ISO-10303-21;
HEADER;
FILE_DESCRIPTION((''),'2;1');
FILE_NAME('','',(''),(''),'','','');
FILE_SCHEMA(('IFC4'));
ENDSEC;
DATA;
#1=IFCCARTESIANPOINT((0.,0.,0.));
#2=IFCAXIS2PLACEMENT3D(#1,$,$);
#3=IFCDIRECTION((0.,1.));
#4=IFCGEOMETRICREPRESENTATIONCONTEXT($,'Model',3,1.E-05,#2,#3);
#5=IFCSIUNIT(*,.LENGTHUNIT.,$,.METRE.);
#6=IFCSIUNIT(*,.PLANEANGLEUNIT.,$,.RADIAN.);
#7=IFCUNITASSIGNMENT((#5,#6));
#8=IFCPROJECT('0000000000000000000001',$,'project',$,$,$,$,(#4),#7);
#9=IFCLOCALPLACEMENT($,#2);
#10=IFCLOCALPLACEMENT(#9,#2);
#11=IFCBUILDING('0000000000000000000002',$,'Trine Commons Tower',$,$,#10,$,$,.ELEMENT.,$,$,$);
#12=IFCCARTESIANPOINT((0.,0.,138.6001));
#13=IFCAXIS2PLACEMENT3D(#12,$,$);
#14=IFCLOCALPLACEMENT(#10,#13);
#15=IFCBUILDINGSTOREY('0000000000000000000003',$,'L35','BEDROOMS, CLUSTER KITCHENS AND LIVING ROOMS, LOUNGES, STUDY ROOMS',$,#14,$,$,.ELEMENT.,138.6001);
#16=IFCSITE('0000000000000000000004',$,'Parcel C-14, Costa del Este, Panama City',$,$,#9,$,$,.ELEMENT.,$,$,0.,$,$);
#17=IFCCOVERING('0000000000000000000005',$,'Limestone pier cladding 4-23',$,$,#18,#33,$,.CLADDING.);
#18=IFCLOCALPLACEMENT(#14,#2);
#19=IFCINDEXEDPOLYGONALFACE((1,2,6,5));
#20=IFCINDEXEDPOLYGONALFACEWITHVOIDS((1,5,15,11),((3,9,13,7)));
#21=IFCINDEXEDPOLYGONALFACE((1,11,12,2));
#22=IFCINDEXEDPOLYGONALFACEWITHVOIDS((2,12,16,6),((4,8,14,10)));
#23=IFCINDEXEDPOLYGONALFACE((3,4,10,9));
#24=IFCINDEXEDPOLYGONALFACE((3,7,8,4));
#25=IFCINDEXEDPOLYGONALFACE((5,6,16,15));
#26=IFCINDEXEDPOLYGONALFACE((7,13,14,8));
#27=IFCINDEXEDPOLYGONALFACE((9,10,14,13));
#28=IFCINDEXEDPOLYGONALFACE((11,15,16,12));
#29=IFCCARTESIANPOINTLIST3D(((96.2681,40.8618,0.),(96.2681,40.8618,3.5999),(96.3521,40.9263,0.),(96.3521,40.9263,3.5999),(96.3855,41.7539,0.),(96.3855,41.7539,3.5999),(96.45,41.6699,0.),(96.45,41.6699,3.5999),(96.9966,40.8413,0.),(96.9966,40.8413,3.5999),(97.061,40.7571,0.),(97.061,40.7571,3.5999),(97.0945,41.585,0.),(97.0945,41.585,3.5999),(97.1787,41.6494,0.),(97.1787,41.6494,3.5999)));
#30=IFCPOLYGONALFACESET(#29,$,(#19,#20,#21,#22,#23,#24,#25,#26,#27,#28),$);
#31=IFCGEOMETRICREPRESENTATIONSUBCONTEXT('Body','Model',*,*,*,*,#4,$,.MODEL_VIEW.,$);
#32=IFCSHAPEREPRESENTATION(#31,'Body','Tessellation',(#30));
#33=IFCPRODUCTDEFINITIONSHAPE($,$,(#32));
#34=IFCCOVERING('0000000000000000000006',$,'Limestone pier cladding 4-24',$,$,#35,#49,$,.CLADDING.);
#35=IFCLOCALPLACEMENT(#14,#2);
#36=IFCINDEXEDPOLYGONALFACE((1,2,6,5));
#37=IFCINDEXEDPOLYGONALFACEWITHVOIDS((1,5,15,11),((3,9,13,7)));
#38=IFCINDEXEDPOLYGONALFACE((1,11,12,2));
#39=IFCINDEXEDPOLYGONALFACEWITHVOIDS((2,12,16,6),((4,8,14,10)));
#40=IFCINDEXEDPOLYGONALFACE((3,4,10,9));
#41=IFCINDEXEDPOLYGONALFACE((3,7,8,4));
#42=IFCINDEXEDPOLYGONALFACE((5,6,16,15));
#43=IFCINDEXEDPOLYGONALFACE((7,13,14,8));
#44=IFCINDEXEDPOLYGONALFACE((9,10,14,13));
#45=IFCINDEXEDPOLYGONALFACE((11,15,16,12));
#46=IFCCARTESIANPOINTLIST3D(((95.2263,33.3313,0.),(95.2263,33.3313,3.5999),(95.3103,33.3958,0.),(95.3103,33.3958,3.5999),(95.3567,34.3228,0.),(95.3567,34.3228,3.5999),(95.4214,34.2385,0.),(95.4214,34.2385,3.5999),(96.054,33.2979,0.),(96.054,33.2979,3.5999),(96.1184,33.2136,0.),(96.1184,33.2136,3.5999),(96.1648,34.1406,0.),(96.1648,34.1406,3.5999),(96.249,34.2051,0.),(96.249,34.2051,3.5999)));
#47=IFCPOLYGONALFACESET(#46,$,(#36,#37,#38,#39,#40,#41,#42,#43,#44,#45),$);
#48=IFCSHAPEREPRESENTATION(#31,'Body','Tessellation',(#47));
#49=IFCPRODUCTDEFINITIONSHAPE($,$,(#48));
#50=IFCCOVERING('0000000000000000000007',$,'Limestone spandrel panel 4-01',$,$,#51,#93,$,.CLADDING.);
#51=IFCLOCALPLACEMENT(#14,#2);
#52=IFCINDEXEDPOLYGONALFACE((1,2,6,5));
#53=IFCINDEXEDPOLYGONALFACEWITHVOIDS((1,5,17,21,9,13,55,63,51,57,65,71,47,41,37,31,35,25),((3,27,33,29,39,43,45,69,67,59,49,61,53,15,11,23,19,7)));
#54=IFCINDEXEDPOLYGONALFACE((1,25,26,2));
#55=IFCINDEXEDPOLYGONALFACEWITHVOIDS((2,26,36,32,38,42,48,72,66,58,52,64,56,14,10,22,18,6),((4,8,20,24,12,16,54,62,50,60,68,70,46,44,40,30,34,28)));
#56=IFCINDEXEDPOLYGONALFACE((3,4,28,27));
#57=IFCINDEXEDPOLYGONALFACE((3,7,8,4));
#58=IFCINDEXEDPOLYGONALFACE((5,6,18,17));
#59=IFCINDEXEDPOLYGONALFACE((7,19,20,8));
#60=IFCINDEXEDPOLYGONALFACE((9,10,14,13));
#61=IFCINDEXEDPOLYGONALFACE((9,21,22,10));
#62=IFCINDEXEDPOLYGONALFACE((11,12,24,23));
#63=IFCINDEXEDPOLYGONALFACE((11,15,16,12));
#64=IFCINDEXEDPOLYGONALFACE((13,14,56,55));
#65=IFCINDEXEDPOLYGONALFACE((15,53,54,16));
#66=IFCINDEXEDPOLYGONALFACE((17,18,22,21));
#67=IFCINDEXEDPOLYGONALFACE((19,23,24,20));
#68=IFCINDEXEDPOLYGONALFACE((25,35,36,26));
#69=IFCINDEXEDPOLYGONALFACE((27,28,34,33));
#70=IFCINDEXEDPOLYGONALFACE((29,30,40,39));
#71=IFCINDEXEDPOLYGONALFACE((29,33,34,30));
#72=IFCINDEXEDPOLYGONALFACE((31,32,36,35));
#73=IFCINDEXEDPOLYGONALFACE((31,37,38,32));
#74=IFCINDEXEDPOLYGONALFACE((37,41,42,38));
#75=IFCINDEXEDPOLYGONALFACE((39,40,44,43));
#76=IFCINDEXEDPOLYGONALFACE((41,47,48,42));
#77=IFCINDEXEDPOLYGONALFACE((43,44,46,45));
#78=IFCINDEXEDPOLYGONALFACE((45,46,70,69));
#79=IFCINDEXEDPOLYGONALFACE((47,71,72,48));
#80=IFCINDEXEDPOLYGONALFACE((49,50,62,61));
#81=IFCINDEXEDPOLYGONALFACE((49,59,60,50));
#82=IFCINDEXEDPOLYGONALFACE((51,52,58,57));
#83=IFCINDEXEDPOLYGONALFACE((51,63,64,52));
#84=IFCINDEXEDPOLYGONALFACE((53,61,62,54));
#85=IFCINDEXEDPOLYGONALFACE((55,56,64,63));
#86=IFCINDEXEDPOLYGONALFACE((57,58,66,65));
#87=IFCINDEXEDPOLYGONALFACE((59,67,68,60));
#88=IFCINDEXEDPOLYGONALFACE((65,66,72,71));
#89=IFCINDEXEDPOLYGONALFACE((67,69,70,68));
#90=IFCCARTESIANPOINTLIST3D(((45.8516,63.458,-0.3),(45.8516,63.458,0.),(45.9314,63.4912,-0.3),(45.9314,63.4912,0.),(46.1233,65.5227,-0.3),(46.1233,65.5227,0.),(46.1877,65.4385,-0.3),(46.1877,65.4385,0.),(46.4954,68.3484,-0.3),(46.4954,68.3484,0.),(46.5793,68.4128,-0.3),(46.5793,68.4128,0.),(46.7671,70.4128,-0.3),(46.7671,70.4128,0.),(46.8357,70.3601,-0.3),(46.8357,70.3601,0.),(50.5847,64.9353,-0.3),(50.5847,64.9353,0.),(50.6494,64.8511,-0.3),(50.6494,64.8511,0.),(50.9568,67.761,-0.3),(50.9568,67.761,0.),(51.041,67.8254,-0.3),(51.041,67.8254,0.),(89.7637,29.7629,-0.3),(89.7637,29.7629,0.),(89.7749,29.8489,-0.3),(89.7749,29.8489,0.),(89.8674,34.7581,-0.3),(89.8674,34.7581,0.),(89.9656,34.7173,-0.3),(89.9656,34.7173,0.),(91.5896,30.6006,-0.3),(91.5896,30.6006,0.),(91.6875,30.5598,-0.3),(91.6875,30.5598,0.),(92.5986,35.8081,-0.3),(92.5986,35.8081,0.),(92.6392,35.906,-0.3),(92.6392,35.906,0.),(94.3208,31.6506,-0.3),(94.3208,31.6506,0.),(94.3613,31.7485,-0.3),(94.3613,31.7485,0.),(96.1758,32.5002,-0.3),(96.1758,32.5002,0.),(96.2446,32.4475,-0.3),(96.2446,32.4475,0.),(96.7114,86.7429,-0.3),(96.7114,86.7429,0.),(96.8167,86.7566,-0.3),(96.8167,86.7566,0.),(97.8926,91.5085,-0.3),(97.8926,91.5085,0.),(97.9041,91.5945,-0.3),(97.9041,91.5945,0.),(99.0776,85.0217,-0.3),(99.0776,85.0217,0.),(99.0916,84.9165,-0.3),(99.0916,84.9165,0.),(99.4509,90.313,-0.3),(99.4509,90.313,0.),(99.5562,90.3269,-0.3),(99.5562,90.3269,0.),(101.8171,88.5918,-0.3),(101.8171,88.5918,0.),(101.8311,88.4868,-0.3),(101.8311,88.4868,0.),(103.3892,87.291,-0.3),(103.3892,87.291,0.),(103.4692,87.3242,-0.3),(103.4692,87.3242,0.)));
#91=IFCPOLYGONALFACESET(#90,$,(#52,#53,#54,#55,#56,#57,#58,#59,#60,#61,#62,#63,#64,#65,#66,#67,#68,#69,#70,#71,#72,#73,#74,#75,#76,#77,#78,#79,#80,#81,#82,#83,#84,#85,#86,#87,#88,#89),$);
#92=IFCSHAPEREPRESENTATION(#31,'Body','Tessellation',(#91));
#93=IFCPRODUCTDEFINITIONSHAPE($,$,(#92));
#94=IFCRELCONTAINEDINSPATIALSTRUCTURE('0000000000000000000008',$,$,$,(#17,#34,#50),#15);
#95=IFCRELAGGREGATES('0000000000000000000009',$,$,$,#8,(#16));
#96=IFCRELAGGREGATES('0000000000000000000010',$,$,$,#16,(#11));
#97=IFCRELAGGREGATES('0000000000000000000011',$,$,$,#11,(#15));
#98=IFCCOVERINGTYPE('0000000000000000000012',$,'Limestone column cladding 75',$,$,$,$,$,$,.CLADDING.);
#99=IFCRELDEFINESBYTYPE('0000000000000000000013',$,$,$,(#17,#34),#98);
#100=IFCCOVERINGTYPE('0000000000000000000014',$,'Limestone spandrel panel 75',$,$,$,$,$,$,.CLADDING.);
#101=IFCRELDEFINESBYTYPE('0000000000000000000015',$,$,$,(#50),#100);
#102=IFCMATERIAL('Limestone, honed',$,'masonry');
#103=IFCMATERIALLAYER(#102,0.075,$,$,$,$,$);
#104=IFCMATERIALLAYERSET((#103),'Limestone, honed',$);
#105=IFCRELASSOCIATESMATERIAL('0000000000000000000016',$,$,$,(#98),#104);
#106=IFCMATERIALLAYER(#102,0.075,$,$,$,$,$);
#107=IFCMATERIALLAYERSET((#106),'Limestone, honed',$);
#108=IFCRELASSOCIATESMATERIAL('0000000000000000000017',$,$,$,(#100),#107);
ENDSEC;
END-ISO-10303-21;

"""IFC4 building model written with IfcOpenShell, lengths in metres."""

from ifc_helpers import new_model, si_unit, direction, frame, origin, place, context, subcontext, project, spatial, polyline, outline, extrude, material, layer, layer_set, type_object, element, save


model = new_model("IFC4")

# Units and contexts
model_context = context("Model", 3, precision=1e-05, world=origin(), true_north=direction((0.0, 1.0)))
body_context = subcontext(model_context, "Body", "Model", "MODEL_VIEW")
ifc_project = project(units=[si_unit("LENGTHUNIT", "METRE"), si_unit("PLANEANGLEUNIT", "RADIAN")], contexts=[model_context])

# Site, building, storey
site_placement = place(None, origin())
site = spatial("IfcSite", under=ifc_project, at=site_placement, Name="Parcel C-14, Costa del Este, Panama City", CompositionType="ELEMENT", RefElevation=0.0)
building_placement = place(site_placement, origin())
building = spatial("IfcBuilding", under=site, at=building_placement, Name="Trine Commons Tower", CompositionType="ELEMENT")
storey_placement = place(building_placement, frame((0.0, 0.0, 138.6001)))
storey = spatial("IfcBuildingStorey", under=building, at=storey_placement, Name="L35", Description="BEDROOMS, CLUSTER KITCHENS AND LIVING ROOMS, LOUNGES, STUDY ROOMS", CompositionType="ELEMENT", Elevation=138.6001)

# Coverings
ifc_material_1 = material(Name="Limestone, honed", Category="masonry")
ifc_layer_1 = layer(ifc_material_1, 0.075)
ifc_layer_set_1 = layer_set([ifc_layer_1], Name="Limestone, honed")
covering_type_1 = type_object("IfcCoveringType", Name="Limestone column cladding 75", PredefinedType="CLADDING", material=ifc_layer_set_1)
covering_1_placement = place(storey_placement, origin())
element("IfcCovering", 1, at=covering_1_placement, inside=storey, type_object=covering_type_1, Name="Limestone pier cladding 4-23", PredefinedType="CLADDING", context=body_context, shape_type="SweptSolid", body=[
    extrude(outline(polyline([(97.1787, 41.6494), (96.3855, 41.7539), (96.2681, 40.8618), (97.061, 40.7571), (97.1787, 41.6494)]), holes=[polyline([(97.0945, 41.585), (96.45, 41.6699), (96.3521, 40.9263), (96.9966, 40.8413), (97.0945, 41.585)])]), origin(), (0.0, 0.0, 1.0), 3.5999),
])
covering_2_placement = place(storey_placement, origin())
element("IfcCovering", 2, at=covering_2_placement, inside=storey, type_object=covering_type_1, Name="Limestone pier cladding 4-24", PredefinedType="CLADDING", context=body_context, shape_type="SweptSolid", body=[
    extrude(outline(polyline([(96.249, 34.2051), (95.3567, 34.3228), (95.2263, 33.3313), (96.1184, 33.2136), (96.249, 34.2051)]), holes=[polyline([(96.1648, 34.1406), (95.4214, 34.2385), (95.3103, 33.3958), (96.054, 33.2979), (96.1648, 34.1406)])]), origin(), (0.0, 0.0, 1.0), 3.5999),
])
ifc_layer_2 = layer(ifc_material_1, 0.075)
ifc_layer_set_2 = layer_set([ifc_layer_2], Name="Limestone, honed")
covering_type_2 = type_object("IfcCoveringType", Name="Limestone spandrel panel 75", PredefinedType="CLADDING", material=ifc_layer_set_2)
covering_3_placement = place(storey_placement, frame((0.0, 0.0, -0.3)))
element("IfcCovering", 3, at=covering_3_placement, inside=storey, type_object=covering_type_2, Name="Limestone spandrel panel 4-01", PredefinedType="CLADDING", context=body_context, shape_type="SweptSolid", body=[
    extrude(outline(polyline([(92.5986, 35.8081), (94.3208, 31.6506), (96.2446, 32.4475), (103.4692, 87.3242), (101.8171, 88.5918), (99.0776, 85.0217), (96.8167, 86.7566), (99.5562, 90.3269), (97.9041, 91.5945), (46.7671, 70.4128), (46.4954, 68.3484), (50.9568, 67.761), (50.5847, 64.9353), (46.1233, 65.5227), (45.8516, 63.458), (89.7637, 29.7629), (91.6875, 30.5598), (89.9656, 34.7173), (92.5986, 35.8081)]), holes=[polyline([(101.8311, 88.4868), (103.3892, 87.291), (96.1758, 32.5002), (94.3613, 31.7485), (92.6392, 35.906), (89.8674, 34.7581), (91.5896, 30.6006), (89.7749, 29.8489), (45.9314, 63.4912), (46.1877, 65.4385), (50.6494, 64.8511), (51.041, 67.8254), (46.5793, 68.4128), (46.8357, 70.3601), (97.8926, 91.5085), (99.4509, 90.313), (96.7114, 86.7429), (99.0916, 84.9165), (101.8311, 88.4868)])]), origin(), (0.0, 0.0, 1.0), 0.3),
])

save(model, "model.ifc")
